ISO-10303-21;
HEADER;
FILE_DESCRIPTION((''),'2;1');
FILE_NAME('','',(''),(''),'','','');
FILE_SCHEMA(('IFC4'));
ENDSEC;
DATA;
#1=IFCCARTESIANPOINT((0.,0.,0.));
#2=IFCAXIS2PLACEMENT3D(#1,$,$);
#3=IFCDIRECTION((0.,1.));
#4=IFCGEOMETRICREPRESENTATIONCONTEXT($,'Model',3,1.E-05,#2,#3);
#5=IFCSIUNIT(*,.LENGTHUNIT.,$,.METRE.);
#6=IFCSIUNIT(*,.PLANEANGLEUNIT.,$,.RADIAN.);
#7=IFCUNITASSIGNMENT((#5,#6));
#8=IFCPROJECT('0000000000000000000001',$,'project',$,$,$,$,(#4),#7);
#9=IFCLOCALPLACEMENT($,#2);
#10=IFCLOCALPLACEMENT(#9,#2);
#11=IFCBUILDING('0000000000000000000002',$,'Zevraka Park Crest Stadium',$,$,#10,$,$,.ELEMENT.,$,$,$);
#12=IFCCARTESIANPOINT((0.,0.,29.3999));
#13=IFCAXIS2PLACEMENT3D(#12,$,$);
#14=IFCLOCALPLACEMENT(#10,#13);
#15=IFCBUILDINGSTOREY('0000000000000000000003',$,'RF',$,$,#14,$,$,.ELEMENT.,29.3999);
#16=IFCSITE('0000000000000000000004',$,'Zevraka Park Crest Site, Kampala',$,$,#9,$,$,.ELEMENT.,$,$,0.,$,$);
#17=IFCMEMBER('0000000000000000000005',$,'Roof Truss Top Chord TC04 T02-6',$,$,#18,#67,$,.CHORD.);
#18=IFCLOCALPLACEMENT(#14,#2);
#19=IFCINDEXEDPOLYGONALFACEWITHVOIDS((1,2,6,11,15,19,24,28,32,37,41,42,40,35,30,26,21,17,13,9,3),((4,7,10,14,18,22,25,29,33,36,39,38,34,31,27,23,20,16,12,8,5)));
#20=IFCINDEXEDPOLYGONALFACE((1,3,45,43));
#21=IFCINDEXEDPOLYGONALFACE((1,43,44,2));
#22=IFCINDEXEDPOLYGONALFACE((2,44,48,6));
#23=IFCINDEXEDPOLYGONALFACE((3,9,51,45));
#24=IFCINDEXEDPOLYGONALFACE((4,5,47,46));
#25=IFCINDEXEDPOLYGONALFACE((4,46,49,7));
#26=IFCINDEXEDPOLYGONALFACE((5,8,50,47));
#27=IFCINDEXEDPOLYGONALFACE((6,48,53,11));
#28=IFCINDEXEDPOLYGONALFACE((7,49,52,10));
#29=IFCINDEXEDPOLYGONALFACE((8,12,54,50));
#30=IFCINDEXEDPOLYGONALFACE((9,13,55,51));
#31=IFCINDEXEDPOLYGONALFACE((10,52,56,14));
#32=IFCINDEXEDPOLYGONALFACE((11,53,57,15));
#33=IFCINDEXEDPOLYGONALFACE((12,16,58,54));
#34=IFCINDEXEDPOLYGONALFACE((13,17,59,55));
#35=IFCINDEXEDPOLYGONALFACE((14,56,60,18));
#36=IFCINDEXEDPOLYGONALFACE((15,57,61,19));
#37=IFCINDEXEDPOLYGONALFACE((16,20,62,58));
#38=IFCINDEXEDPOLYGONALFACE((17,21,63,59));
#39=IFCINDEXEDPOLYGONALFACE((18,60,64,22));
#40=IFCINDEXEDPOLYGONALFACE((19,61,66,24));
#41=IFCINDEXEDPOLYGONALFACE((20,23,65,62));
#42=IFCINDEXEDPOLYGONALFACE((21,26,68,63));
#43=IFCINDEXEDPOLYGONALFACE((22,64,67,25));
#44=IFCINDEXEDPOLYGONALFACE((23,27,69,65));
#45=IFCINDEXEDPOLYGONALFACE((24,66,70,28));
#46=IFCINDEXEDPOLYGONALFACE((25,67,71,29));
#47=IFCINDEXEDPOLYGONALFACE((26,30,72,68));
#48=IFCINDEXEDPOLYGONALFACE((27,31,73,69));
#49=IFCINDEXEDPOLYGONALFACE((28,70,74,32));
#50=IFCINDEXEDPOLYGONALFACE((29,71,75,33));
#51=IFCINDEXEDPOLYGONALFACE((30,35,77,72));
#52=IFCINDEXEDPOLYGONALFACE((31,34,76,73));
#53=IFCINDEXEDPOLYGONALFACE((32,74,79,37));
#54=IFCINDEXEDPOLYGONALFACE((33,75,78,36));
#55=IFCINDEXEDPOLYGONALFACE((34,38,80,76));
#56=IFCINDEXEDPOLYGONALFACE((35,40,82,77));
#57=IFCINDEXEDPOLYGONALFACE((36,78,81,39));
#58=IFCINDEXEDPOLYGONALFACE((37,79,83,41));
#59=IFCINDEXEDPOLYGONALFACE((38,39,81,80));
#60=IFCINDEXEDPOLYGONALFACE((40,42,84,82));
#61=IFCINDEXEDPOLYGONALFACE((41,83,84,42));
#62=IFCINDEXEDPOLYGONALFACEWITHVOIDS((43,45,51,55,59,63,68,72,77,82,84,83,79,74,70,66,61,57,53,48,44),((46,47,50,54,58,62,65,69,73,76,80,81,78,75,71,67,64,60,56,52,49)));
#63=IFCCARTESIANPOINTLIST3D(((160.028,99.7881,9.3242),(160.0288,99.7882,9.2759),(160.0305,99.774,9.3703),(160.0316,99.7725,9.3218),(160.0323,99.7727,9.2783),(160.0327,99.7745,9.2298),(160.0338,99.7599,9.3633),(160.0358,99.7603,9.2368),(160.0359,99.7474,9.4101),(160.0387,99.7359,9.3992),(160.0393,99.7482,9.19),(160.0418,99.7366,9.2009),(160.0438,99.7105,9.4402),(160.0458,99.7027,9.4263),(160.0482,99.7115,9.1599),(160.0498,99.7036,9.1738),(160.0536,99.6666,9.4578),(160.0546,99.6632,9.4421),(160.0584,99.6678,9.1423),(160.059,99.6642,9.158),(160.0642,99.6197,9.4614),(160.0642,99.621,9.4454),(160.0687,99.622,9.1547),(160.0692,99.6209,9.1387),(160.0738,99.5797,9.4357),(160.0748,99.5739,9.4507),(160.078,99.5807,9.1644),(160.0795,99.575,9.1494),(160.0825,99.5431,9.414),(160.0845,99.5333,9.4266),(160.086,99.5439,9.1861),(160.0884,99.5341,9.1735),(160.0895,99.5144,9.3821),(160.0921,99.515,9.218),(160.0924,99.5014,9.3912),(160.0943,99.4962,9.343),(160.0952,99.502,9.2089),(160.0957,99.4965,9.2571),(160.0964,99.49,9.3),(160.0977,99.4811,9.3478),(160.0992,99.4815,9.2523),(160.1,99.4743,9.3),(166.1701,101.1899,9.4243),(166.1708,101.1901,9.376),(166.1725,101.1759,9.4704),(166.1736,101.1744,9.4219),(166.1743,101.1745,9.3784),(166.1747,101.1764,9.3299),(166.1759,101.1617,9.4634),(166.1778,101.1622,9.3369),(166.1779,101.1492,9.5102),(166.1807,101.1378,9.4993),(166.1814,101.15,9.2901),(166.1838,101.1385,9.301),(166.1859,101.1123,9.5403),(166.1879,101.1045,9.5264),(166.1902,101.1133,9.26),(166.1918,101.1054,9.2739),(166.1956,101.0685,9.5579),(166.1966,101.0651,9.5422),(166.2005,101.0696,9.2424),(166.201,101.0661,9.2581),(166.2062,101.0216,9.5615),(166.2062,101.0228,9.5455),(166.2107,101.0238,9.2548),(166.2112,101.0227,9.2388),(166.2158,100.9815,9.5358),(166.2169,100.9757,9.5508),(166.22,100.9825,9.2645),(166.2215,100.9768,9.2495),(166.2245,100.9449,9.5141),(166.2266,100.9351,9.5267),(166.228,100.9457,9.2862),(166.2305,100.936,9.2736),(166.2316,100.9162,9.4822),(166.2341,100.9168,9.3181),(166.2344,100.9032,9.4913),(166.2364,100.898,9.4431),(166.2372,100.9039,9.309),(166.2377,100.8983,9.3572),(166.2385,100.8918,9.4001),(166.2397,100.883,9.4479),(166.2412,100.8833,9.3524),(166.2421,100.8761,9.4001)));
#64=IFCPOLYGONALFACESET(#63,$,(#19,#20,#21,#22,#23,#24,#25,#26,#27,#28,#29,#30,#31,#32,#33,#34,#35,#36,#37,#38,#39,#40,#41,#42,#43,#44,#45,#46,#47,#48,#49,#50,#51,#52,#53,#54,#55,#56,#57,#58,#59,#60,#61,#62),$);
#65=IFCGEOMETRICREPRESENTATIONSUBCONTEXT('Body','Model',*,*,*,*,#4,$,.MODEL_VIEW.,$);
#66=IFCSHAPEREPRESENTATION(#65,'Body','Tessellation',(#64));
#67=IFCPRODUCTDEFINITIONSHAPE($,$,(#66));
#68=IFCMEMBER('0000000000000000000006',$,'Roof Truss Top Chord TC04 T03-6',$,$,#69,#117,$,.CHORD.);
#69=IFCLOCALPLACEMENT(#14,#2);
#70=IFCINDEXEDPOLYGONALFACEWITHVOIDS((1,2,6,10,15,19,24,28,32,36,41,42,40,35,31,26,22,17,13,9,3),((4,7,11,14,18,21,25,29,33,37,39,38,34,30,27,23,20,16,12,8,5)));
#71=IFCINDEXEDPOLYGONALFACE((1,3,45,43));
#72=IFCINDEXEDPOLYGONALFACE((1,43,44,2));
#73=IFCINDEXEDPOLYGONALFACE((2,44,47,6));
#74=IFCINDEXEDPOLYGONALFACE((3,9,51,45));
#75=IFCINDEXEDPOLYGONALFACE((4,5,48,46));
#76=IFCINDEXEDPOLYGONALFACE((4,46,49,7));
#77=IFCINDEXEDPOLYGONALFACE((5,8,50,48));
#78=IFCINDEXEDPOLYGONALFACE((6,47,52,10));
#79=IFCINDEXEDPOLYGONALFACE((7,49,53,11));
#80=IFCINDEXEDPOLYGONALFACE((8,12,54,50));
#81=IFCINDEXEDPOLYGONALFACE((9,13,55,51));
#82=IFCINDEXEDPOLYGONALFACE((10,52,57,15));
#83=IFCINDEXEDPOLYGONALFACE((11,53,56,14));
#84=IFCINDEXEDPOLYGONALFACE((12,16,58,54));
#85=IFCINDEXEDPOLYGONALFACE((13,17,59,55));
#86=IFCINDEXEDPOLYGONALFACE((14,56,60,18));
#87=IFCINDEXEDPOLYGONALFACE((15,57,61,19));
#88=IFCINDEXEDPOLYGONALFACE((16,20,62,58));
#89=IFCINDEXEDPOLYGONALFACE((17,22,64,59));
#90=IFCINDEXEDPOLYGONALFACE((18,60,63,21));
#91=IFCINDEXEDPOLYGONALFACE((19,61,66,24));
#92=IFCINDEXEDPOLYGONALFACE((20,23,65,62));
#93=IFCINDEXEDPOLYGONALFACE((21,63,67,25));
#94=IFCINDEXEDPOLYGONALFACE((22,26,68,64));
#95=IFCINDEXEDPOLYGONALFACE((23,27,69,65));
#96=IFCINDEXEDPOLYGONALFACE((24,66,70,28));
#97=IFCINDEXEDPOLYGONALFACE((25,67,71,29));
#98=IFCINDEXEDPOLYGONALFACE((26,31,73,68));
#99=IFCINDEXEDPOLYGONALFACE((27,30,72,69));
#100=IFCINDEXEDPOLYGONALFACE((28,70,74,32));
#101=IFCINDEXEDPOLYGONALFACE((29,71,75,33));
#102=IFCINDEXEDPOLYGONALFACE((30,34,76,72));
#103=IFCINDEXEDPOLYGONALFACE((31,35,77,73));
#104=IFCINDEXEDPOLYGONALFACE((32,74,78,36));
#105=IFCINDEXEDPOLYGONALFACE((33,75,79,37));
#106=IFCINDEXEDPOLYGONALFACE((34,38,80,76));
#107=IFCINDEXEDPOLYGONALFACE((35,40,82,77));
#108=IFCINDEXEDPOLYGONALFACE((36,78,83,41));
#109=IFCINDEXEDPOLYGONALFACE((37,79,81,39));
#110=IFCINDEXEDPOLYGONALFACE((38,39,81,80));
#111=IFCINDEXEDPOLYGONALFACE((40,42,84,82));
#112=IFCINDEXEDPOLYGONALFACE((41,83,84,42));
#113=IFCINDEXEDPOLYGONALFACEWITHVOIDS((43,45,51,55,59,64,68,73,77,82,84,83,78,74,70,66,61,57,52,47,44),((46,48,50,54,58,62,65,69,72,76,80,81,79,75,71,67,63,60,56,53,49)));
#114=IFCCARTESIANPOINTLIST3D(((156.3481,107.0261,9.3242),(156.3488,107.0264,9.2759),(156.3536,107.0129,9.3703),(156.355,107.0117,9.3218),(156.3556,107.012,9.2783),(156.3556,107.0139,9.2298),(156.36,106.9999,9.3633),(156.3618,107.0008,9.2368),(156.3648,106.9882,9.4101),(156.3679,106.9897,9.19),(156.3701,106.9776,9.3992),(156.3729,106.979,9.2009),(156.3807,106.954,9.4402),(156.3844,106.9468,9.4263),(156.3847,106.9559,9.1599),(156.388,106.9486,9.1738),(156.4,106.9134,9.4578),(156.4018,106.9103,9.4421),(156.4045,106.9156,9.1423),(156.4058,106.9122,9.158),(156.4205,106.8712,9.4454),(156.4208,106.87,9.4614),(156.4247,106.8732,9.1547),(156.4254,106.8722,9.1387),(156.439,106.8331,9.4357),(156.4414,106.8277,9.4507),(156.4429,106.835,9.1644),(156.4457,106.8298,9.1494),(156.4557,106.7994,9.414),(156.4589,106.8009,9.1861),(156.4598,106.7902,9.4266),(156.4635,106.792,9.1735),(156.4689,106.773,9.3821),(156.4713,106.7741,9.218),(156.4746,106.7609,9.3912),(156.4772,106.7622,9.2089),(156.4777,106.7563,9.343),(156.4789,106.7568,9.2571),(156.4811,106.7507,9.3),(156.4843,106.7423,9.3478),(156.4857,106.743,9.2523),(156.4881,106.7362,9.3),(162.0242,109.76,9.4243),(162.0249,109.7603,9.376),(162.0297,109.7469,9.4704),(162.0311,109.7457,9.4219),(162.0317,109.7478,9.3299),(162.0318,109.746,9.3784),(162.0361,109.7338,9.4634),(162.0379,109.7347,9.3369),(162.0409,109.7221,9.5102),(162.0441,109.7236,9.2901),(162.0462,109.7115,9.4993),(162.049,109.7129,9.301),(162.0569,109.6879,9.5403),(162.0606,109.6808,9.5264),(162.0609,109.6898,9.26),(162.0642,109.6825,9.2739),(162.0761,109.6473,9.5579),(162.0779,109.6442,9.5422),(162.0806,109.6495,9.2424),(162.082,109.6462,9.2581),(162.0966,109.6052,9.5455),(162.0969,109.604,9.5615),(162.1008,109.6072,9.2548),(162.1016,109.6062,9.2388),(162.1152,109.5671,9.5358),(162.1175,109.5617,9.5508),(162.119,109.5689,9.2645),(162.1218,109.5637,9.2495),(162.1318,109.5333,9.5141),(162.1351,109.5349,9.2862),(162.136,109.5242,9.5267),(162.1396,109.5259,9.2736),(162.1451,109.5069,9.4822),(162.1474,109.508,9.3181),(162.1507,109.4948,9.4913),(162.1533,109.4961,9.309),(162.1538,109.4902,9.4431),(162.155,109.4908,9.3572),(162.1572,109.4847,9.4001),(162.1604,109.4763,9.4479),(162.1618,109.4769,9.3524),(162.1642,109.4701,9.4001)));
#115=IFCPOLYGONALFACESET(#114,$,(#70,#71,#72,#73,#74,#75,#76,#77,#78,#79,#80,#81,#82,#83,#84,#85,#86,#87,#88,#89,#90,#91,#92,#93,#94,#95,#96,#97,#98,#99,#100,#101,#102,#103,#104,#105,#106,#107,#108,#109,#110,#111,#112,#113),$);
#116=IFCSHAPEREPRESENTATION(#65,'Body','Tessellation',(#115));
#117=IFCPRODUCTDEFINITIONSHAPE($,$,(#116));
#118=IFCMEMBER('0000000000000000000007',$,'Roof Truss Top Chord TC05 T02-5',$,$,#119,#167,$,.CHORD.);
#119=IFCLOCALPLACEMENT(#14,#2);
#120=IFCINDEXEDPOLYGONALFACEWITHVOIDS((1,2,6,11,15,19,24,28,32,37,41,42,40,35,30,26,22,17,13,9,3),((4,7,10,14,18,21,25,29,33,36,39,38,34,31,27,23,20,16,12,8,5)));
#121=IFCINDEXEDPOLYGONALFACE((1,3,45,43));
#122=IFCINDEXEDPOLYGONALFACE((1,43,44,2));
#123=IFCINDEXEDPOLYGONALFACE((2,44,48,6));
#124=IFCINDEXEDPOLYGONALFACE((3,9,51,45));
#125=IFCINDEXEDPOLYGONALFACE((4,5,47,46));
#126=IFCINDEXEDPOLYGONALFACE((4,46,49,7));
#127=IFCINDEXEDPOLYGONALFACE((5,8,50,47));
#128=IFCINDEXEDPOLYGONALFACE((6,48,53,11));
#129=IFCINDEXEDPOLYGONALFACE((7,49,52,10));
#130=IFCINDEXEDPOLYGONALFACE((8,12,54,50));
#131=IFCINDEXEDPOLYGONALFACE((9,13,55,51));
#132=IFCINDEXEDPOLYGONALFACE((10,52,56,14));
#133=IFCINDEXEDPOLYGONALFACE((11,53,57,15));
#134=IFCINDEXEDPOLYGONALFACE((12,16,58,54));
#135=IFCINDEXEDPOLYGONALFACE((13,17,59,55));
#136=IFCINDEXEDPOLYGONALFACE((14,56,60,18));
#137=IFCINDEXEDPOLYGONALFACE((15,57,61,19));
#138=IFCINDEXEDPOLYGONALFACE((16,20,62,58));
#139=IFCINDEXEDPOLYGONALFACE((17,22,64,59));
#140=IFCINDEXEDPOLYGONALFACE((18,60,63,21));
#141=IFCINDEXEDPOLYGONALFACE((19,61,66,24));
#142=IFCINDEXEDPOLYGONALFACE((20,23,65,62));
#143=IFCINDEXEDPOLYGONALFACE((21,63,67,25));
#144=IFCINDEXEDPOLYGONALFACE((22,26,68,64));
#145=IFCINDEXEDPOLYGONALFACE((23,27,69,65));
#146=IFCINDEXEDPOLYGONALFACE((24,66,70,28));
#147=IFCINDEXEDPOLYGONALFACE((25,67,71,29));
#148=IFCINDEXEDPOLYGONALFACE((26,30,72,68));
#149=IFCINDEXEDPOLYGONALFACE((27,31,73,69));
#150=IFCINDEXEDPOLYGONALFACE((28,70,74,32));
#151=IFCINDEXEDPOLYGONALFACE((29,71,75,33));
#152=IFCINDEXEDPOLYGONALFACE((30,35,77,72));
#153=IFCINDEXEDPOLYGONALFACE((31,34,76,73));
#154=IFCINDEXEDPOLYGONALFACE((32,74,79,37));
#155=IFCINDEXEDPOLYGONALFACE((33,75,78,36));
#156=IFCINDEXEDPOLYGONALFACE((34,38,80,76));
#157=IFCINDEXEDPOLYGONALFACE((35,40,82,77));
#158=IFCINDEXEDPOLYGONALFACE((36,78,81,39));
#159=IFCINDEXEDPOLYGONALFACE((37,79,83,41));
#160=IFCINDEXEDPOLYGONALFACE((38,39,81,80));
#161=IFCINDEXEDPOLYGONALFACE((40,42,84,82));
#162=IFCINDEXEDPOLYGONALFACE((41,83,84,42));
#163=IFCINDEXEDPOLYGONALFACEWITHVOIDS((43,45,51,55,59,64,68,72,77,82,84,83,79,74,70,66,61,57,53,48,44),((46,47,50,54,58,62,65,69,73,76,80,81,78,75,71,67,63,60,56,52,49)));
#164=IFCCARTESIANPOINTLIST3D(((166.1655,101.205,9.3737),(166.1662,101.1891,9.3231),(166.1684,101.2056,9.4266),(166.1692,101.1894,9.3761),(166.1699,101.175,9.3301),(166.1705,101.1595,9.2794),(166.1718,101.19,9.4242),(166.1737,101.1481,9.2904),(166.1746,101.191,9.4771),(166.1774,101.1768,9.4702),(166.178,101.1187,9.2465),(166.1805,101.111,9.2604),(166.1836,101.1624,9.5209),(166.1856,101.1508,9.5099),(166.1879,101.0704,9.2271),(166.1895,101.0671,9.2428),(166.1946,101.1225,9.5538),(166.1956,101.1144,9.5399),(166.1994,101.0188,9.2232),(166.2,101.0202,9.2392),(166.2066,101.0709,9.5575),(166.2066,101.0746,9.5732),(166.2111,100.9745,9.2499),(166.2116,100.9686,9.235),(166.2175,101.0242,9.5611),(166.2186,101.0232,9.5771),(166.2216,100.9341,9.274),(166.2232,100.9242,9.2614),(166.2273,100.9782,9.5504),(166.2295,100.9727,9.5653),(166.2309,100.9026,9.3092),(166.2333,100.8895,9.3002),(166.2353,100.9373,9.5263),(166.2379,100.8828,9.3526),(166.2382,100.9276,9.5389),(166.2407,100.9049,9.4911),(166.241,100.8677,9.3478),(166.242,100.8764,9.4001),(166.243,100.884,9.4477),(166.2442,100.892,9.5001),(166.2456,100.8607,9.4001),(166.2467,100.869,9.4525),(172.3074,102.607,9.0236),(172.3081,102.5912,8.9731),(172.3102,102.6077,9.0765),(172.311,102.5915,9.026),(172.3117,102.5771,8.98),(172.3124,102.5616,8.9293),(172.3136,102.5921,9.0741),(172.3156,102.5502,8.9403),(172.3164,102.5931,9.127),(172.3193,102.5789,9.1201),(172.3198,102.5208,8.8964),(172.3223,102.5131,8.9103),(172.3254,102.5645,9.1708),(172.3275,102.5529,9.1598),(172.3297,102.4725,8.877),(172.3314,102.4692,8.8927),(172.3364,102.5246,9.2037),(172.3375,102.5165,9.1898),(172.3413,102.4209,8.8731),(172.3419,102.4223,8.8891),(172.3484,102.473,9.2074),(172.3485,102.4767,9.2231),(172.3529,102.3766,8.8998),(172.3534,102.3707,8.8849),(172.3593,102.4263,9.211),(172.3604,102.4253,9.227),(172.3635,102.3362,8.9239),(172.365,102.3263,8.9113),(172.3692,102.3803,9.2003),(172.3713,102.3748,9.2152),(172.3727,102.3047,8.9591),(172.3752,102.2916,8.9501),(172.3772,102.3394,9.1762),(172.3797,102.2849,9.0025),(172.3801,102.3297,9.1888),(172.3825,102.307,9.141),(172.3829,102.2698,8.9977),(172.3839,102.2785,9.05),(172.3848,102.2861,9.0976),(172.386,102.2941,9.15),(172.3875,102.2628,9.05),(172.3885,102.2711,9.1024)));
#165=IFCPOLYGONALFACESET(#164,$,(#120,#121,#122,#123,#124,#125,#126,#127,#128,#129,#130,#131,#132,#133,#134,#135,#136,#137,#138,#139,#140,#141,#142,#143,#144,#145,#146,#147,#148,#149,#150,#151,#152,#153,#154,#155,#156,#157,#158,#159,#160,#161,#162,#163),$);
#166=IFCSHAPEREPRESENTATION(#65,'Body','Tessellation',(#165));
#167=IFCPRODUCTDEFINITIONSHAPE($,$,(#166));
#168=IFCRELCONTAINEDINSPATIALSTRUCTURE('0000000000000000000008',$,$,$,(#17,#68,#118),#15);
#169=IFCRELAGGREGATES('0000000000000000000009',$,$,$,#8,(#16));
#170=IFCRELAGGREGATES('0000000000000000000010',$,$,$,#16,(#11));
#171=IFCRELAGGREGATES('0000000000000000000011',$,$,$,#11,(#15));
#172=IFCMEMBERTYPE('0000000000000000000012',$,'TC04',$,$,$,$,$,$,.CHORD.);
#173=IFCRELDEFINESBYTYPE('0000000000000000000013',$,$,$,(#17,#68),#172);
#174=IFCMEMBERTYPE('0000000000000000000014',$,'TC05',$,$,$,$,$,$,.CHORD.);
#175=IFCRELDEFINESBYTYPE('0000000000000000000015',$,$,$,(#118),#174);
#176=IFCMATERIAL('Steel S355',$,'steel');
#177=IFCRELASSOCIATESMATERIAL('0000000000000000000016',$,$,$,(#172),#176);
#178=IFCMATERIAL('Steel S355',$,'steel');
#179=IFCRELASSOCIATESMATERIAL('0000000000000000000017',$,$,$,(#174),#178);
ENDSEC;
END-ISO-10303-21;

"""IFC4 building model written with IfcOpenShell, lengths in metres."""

from ifc_helpers import new_model, si_unit, direction, frame, origin, origin_2d, place, context, subcontext, project, spatial, hollow_circle, extrude, material, material_profile, profile_set, type_object, element, save


model = new_model("IFC4")

# Units and contexts
model_context = context("Model", 3, precision=1e-05, world=origin(), true_north=direction((0.0, 1.0)))
body_context = subcontext(model_context, "Body", "Model", "MODEL_VIEW")
ifc_project = project(units=[si_unit("LENGTHUNIT", "METRE"), si_unit("PLANEANGLEUNIT", "RADIAN")], contexts=[model_context])

# Site, building, storey
site_placement = place(None, origin())
site = spatial("IfcSite", under=ifc_project, at=site_placement, Name="Zevraka Park Crest Site, Kampala", CompositionType="ELEMENT", RefElevation=0.0)
building_placement = place(site_placement, origin())
building = spatial("IfcBuilding", under=site, at=building_placement, Name="Zevraka Park Crest Stadium", CompositionType="ELEMENT")
storey_placement = place(building_placement, frame((0.0, 0.0, 29.3999)))
storey = spatial("IfcBuildingStorey", under=building, at=storey_placement, Name="RF", CompositionType="ELEMENT", Elevation=29.3999)

# Members
ifc_material_1 = material(Name="Steel S355", Category="steel")
ifc_material_profile_1 = material_profile(ifc_material_1, hollow_circle(Radius=0.1619, WallThickness=0.0161, at=origin_2d()), Name="CHS 323.9x16")
ifc_profile_set_1 = profile_set([ifc_material_profile_1], Name="Steel S355")
member_type_1 = type_object("IfcMemberType", Name="TC04", PredefinedType="CHORD", material=ifc_profile_set_1)
member_1_placement = place(storey_placement, frame((166.2061, 101.0339, 9.4001), z_axis=(-0.974806, -0.222487, -0.015886), x_axis=(0.222515, -0.974929, 0.0)))
element("IfcMember", 1, at=member_1_placement, inside=storey, type_object=member_type_1, Name="Roof Truss Top Chord TC04 T02-6", PredefinedType="CHORD", context=body_context, shape_type="SweptSolid", body=[
    extrude(hollow_circle(Radius=0.1619, WallThickness=0.0161, at=origin_2d()), origin(), (0.0, 0.0, 1.0), 6.3008),
])
member_2_placement = place(storey_placement, frame((162.094, 109.616, 9.4001), z_axis=(-0.900827, -0.433888, -0.015886), x_axis=(0.433943, -0.900941, 0.0)))
element("IfcMember", 2, at=member_2_placement, inside=storey, type_object=member_type_1, Name="Roof Truss Top Chord TC04 T03-6", PredefinedType="CHORD", context=body_context, shape_type="SweptSolid", body=[
    extrude(hollow_circle(Radius=0.1619, WallThickness=0.0161, at=origin_2d()), origin(), (0.0, 0.0, 1.0), 6.301),
])
ifc_material_2 = material(Name="Steel S355", Category="steel")
ifc_material_profile_2 = material_profile(ifc_material_2, hollow_circle(Radius=0.1777, WallThickness=0.0161, at=origin_2d()), Name="CHS 355.6x16")
ifc_profile_set_2 = profile_set([ifc_material_profile_2], Name="Steel S355")
member_type_2 = type_object("IfcMemberType", Name="TC05", PredefinedType="CHORD", material=ifc_profile_set_2)
for number, where, z_axis, x_axis, name in (
    (3, (172.3479, 102.436, 9.05), (-0.973417, -0.222218, 0.055487), (0.222561, -0.974919, 0.0), "Roof Truss Top Chord TC05 T02-5"),
):
    element("IfcMember", number, at=place(storey_placement, frame(where, z_axis=z_axis, x_axis=x_axis)), inside=storey, type_object=member_type_2, Name=name, PredefinedType="CHORD", context=body_context, shape_type="SweptSolid", body=[
        extrude(hollow_circle(Radius=0.1777, WallThickness=0.0161, at=origin_2d()), origin(), (0.0, 0.0, 1.0), 6.3096),
    ])

save(model, "model.ifc")
